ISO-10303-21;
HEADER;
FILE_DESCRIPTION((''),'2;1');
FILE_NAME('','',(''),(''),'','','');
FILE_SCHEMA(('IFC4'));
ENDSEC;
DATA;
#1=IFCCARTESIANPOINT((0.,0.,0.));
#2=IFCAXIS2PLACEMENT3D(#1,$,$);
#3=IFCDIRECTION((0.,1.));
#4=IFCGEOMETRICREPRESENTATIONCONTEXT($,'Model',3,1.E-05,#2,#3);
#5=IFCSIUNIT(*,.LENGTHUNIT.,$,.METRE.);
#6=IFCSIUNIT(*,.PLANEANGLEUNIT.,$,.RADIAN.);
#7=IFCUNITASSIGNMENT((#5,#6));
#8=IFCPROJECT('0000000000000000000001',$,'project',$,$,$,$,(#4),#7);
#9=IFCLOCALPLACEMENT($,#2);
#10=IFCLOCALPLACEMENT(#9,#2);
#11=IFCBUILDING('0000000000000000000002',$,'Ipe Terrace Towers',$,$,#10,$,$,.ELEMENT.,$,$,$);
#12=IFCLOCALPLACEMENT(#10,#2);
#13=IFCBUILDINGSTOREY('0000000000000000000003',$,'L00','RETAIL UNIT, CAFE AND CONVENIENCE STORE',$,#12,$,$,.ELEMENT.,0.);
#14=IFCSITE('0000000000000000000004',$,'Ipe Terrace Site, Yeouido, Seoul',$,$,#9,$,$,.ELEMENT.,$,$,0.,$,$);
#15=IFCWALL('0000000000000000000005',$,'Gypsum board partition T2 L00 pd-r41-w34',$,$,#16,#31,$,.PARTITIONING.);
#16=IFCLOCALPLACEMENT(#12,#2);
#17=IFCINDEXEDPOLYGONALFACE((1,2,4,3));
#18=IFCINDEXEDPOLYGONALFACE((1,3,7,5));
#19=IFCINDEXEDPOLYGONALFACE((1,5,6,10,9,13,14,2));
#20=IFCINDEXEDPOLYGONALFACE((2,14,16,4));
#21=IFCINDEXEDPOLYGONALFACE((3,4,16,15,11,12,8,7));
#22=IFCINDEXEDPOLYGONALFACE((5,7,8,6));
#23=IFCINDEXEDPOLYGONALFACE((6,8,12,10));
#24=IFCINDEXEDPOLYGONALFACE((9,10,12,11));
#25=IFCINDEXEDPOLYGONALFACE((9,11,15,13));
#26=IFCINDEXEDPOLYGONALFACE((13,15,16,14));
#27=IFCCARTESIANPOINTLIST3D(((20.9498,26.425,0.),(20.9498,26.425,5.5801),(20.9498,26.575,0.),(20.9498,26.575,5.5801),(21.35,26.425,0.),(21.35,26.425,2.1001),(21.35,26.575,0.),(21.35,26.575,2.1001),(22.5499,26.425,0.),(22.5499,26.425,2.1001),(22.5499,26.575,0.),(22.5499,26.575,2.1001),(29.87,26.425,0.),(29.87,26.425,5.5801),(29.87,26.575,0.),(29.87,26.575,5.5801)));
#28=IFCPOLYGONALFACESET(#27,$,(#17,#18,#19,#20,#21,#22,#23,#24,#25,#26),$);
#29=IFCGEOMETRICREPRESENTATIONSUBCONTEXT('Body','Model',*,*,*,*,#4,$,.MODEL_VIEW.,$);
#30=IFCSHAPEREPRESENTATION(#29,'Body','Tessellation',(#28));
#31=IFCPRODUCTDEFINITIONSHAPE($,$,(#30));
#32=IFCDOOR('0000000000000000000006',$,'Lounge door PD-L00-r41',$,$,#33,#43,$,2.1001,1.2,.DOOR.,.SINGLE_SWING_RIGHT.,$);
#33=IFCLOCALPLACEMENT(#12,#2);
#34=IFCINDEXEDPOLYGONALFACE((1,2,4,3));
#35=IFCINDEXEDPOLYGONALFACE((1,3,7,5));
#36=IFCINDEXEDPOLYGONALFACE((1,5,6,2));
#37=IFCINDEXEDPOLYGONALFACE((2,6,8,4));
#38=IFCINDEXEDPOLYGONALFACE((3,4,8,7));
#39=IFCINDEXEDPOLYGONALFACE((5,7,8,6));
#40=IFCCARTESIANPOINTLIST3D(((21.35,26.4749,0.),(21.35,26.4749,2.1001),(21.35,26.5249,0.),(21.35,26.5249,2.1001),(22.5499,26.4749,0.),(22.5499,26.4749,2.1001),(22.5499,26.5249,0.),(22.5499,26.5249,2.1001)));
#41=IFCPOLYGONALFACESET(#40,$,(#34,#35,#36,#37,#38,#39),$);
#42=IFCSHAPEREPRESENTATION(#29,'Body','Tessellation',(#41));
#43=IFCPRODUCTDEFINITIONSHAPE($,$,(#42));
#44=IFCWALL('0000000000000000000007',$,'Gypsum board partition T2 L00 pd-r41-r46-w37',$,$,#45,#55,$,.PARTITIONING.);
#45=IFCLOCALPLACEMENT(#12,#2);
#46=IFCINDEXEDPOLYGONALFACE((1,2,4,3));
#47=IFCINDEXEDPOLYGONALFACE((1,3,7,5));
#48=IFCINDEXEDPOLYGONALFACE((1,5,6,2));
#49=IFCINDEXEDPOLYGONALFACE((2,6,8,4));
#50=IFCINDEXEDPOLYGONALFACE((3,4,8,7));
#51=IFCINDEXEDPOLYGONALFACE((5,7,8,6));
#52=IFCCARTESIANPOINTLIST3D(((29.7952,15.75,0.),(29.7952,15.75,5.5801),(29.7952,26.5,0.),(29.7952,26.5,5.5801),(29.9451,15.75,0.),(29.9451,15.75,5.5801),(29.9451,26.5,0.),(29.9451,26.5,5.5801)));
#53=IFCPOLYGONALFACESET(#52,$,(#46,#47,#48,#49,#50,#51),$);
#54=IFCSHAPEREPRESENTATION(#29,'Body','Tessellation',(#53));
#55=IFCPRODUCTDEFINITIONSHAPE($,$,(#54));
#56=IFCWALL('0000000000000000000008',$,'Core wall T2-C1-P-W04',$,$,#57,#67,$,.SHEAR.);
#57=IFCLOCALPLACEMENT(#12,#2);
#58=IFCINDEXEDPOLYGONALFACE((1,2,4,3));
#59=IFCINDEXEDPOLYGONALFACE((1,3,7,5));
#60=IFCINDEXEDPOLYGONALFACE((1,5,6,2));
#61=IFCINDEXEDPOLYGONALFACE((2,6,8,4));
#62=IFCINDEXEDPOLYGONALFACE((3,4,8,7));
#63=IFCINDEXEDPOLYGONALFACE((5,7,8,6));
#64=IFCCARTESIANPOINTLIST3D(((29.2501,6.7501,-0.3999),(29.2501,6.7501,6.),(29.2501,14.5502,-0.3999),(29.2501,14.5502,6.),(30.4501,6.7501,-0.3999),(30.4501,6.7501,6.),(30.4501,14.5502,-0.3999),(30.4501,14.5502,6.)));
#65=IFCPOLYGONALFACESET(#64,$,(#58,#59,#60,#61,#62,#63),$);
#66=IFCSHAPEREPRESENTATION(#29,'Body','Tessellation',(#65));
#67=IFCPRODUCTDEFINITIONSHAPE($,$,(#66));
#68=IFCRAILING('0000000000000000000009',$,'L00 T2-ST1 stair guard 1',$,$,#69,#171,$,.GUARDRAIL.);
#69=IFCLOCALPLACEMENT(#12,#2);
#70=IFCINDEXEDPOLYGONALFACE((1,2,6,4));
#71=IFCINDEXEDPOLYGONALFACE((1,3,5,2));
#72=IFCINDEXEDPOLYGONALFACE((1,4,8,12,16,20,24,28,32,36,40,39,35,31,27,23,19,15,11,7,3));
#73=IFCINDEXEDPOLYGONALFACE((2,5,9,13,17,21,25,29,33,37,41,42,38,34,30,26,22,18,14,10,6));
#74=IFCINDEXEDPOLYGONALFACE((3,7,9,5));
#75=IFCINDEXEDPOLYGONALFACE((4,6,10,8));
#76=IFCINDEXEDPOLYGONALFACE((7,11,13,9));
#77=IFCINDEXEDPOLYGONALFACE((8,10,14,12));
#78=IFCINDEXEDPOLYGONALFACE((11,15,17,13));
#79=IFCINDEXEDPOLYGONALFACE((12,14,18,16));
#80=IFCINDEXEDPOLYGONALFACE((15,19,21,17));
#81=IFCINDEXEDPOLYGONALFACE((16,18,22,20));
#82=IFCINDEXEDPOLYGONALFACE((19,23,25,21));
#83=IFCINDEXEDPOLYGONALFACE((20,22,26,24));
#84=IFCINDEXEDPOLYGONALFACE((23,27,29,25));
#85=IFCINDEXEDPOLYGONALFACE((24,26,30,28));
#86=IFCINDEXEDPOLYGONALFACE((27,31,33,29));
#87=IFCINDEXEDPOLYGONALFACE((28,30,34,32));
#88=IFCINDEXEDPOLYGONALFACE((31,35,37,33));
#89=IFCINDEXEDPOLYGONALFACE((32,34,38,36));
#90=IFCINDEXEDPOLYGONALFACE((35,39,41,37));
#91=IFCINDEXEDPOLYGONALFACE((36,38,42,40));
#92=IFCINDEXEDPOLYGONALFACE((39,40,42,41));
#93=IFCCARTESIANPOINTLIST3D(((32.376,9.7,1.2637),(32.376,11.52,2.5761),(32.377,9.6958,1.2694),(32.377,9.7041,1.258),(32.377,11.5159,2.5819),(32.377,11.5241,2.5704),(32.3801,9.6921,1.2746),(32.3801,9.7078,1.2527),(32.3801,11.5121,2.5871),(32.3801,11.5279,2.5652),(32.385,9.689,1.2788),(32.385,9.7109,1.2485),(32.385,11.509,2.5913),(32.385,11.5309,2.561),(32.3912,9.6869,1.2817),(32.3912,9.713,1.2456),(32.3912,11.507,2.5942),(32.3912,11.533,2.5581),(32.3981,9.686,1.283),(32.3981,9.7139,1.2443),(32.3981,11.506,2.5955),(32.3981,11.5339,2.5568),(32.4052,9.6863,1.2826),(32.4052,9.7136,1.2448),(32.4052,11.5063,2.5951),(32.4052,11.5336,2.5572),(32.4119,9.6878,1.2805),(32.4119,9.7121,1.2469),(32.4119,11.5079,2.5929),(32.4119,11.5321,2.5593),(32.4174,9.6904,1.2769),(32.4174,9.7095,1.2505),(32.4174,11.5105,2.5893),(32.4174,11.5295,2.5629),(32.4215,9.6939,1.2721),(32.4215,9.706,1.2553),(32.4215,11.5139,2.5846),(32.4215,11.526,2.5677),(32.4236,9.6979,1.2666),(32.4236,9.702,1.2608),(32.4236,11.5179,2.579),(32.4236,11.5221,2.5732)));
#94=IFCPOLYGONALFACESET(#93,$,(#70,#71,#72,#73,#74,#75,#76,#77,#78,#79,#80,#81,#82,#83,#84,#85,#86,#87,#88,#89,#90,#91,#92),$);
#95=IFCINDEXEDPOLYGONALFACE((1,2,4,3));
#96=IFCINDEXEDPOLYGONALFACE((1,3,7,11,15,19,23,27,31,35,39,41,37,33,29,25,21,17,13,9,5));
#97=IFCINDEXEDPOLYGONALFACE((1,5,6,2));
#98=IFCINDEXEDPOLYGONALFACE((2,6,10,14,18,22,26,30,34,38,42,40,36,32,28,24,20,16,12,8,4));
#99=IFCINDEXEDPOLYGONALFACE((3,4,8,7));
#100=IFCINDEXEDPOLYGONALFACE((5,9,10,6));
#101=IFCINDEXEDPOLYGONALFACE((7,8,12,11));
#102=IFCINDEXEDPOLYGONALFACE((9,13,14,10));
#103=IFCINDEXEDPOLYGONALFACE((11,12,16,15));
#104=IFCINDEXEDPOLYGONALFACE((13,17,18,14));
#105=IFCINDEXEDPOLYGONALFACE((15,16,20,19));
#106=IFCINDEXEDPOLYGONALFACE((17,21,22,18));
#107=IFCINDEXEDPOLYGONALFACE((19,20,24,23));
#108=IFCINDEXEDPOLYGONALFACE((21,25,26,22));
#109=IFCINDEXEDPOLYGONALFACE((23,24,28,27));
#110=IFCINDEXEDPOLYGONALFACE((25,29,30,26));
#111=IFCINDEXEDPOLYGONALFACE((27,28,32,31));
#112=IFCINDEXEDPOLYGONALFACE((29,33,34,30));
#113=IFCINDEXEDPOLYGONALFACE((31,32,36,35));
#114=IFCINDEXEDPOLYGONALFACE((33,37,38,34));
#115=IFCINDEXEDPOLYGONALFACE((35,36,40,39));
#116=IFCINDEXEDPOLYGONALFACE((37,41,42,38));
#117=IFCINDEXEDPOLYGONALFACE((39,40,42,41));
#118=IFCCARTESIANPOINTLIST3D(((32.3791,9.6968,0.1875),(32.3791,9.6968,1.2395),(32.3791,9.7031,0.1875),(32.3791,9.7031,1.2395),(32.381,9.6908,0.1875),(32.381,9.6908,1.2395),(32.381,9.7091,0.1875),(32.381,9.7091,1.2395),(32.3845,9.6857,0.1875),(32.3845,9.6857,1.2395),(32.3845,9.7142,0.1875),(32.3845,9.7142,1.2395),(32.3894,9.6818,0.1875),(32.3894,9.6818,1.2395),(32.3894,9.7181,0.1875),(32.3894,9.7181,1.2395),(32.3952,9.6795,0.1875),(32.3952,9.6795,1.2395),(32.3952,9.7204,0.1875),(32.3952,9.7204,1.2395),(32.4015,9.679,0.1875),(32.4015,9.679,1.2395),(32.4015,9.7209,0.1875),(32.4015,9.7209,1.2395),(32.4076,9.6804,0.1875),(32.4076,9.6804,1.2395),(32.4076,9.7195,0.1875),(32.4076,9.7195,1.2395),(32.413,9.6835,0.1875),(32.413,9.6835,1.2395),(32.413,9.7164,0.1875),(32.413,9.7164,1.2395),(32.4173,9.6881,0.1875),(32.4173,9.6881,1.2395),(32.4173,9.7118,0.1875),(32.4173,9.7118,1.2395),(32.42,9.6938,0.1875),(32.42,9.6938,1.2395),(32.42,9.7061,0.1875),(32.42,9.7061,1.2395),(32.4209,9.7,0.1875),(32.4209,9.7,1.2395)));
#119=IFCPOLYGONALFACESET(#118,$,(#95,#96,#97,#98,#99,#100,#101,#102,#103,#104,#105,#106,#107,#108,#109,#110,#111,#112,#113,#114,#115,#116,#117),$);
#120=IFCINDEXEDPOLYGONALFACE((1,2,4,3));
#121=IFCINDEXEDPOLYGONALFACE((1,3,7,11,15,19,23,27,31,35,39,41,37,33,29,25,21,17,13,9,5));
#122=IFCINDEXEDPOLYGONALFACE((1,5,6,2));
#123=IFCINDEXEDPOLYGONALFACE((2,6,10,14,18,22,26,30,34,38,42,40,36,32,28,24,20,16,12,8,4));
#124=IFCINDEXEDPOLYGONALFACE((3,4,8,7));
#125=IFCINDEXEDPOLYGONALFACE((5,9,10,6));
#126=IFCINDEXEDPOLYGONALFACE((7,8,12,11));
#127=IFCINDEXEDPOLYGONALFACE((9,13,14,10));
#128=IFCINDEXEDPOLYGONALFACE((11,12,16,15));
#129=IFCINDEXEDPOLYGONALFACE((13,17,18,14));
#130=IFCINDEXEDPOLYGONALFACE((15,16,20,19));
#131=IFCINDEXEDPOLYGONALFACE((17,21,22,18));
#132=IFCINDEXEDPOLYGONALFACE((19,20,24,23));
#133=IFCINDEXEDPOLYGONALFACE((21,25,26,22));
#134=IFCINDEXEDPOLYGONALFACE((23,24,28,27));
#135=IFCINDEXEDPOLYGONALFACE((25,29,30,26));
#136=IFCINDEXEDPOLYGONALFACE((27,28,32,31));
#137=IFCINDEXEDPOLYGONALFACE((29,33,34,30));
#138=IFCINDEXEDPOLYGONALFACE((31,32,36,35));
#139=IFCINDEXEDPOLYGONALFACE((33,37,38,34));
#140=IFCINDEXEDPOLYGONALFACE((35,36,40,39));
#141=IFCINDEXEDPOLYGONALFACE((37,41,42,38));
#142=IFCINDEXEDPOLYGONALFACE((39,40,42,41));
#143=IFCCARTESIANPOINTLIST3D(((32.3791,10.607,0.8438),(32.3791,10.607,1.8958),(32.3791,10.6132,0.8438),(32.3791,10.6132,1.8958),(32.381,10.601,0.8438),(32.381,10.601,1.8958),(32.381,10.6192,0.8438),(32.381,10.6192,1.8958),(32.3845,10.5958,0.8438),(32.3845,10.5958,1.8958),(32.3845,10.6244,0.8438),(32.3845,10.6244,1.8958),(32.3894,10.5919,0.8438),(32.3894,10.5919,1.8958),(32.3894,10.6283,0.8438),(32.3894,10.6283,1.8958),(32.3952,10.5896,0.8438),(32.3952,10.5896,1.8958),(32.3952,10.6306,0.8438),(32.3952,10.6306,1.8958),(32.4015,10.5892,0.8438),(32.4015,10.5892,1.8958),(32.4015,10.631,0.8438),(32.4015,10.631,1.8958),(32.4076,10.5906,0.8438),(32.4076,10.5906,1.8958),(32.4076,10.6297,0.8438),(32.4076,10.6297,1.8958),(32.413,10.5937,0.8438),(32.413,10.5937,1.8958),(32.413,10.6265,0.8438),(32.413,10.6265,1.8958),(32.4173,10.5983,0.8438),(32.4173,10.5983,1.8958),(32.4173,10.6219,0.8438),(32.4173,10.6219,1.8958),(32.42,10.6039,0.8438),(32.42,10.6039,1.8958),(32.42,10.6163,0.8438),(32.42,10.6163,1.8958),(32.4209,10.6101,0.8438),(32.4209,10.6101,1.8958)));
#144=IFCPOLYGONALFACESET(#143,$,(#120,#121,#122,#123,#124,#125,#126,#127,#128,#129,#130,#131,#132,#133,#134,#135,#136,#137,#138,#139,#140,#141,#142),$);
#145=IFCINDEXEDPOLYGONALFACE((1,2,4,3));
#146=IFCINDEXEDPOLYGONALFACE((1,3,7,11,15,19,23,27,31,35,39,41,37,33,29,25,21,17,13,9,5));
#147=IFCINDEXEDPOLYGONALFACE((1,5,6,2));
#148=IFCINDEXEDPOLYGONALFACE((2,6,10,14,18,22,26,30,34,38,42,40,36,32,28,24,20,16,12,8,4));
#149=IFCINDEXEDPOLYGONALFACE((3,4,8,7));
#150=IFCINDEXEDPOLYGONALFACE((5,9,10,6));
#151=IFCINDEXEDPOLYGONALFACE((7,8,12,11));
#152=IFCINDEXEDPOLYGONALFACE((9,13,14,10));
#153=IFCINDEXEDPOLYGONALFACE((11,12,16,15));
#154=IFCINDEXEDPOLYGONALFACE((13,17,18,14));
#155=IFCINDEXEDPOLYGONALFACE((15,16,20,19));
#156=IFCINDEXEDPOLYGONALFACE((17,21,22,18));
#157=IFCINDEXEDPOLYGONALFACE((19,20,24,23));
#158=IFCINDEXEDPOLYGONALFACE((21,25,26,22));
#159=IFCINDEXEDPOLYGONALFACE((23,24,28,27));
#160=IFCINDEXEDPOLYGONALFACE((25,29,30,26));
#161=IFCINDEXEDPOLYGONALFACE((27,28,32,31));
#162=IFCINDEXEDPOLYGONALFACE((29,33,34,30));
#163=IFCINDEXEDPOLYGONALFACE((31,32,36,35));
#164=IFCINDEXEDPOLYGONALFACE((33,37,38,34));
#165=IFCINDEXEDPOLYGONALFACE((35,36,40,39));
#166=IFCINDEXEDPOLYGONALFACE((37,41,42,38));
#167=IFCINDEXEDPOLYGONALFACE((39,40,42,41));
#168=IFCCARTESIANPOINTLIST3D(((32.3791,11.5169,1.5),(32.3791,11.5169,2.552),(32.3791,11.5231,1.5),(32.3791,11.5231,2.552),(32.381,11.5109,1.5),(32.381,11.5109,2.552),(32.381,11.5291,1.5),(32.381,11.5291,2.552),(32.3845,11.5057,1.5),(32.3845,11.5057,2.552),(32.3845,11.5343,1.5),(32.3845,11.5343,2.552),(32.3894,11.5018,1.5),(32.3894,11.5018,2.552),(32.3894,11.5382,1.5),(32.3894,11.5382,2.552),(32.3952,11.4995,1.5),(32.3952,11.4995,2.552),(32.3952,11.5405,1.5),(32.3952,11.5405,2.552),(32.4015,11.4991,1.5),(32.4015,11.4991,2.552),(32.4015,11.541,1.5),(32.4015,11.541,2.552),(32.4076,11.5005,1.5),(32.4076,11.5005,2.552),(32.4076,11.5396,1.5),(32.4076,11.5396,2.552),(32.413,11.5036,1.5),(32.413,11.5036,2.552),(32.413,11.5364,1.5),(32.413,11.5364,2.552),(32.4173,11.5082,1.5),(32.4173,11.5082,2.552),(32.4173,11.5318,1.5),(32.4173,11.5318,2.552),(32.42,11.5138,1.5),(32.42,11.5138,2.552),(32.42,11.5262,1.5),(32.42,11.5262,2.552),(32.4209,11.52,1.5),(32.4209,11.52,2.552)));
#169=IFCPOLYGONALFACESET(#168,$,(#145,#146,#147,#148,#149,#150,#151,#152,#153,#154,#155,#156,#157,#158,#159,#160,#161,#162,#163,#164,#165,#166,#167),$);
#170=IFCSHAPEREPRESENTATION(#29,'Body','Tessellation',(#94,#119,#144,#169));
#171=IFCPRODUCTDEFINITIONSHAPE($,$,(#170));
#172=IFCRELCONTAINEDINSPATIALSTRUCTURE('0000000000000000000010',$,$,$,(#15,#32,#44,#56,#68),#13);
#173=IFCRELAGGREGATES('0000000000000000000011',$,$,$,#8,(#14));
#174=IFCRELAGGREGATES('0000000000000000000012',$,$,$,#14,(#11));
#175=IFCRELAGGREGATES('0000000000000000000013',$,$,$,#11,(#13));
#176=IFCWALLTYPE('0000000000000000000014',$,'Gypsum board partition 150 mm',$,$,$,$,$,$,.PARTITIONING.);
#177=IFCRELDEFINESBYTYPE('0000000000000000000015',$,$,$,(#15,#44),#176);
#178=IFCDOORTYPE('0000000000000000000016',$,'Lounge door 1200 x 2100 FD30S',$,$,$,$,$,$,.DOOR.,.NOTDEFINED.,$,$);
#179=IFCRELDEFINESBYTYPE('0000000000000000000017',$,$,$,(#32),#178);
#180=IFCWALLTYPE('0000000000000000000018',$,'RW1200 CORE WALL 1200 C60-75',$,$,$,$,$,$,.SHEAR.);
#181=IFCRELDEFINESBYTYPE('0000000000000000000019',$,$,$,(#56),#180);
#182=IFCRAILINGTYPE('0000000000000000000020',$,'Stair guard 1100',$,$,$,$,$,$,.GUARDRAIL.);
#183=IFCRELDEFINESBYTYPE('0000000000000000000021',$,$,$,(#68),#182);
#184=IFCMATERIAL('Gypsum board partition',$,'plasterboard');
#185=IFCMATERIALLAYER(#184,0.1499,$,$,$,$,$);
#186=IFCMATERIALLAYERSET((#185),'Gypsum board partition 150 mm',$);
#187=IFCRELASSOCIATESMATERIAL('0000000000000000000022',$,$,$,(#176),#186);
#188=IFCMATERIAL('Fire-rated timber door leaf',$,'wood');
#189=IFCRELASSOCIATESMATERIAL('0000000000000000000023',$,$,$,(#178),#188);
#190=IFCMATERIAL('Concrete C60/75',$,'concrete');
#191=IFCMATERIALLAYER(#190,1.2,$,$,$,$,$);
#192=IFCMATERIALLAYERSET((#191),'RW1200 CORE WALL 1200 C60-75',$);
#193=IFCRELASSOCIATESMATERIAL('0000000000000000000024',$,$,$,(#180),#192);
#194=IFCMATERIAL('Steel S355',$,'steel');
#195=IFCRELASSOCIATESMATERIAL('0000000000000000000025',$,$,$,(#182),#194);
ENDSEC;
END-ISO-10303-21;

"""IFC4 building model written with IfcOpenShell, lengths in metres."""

from ifc_helpers import new_model, si_unit, direction, frame, frame_2d, origin, origin_2d, place, context, subcontext, project, spatial, rectangle, circle, extrude, material, layer, layer_set, type_object, element, fill, save


model = new_model("IFC4")

# Units and contexts
model_context = context("Model", 3, precision=1e-05, world=origin(), true_north=direction((0.0, 1.0)))
body_context = subcontext(model_context, "Body", "Model", "MODEL_VIEW")
ifc_project = project(units=[si_unit("LENGTHUNIT", "METRE"), si_unit("PLANEANGLEUNIT", "RADIAN")], contexts=[model_context])

# Site, building, storey
site_placement = place(None, origin())
site = spatial("IfcSite", under=ifc_project, at=site_placement, Name="Ipe Terrace Site, Yeouido, Seoul", CompositionType="ELEMENT", RefElevation=0.0)
building_placement = place(site_placement, origin())
building = spatial("IfcBuilding", under=site, at=building_placement, Name="Ipe Terrace Towers", CompositionType="ELEMENT")
storey_placement = place(building_placement, origin())
storey = spatial("IfcBuildingStorey", under=building, at=storey_placement, Name="L00", Description="RETAIL UNIT, CAFE AND CONVENIENCE STORE", CompositionType="ELEMENT", Elevation=0.0)

# Shared definitions
ifc_material_1 = material(Name="Gypsum board partition", Category="plasterboard")
ifc_layer_1 = layer(ifc_material_1, 0.1499)
ifc_layer_set_1 = layer_set([ifc_layer_1], Name="Gypsum board partition 150 mm")
wall_type_1 = type_object("IfcWallType", Name="Gypsum board partition 150 mm", PredefinedType="PARTITIONING", material=ifc_layer_set_1)

# Wall, opening, door
wall_1_placement = place(storey_placement, frame((20.95, 26.5, 0.0), z_axis=(0.0, 0.0, 1.0), x_axis=(1.0, 0.0, 0.0)))
wall_1 = element("IfcWall", 1, at=wall_1_placement, inside=storey, type_object=wall_type_1, Name="Gypsum board partition T2 L00 pd-r41-w34", PredefinedType="PARTITIONING", context=body_context, shape_type="SweptSolid", body=[
    extrude(rectangle(XDim=8.9202, YDim=0.1499, at=frame_2d((4.46, 0.0))), origin(), (0.0, 0.0, 1.0), 5.5801),
])
opening_placement = place(wall_1_placement, frame((0.3999, 0.0, 0.0)))
opening = element("IfcOpeningElement", 2, at=opening_placement, cuts=wall_1, PredefinedType="OPENING", context=body_context, shape_type="SweptSolid", body=[
    extrude(rectangle(XDim=1.2, YDim=2.1001, at=frame_2d((0.6001, 1.05))), frame((0.0, 0.085, 0.0), z_axis=(0.0, -1.0, 0.0), x_axis=(1.0, 0.0, 0.0)), (0.0, 0.0, 1.0), 0.1699),
])
ifc_material_2 = material(Name="Fire-rated timber door leaf", Category="wood")
door_type = type_object("IfcDoorType", Name="Lounge door 1200 x 2100 FD30S", OperationType="NOTDEFINED", PredefinedType="DOOR", material=ifc_material_2)
door_placement = place(opening_placement, origin())
door = element("IfcDoor", 3, at=door_placement, inside=storey, type_object=door_type, Name="Lounge door PD-L00-r41", OperationType="SINGLE_SWING_RIGHT", OverallHeight=2.1001, OverallWidth=1.2, PredefinedType="DOOR", context=body_context, shape_type="SweptSolid", body=[
    extrude(rectangle(XDim=1.2, YDim=2.1001, at=frame_2d((0.6001, 1.05))), frame((0.0, 0.0249, 0.0), z_axis=(0.0, -1.0, 0.0), x_axis=(1.0, 0.0, 0.0)), (0.0, 0.0, 1.0), 0.05),
])
fill(opening, door)

# Walls
wall_2_placement = place(storey_placement, frame((29.8701, 26.5, 0.0), z_axis=(0.0, 0.0, 1.0), x_axis=(0.0, -1.0, 0.0)))
element("IfcWall", 4, at=wall_2_placement, inside=storey, type_object=wall_type_1, Name="Gypsum board partition T2 L00 pd-r41-r46-w37", PredefinedType="PARTITIONING", context=body_context, shape_type="SweptSolid", body=[
    extrude(rectangle(XDim=10.75, YDim=0.1499, at=frame_2d((5.375, 0.0))), origin(), (0.0, 0.0, 1.0), 5.5801),
])
ifc_material_3 = material(Name="Concrete C60/75", Category="concrete")
ifc_layer_2 = layer(ifc_material_3, 1.2)
ifc_layer_set_2 = layer_set([ifc_layer_2], Name="RW1200 CORE WALL 1200 C60-75")
wall_type_2 = type_object("IfcWallType", Name="RW1200 CORE WALL 1200 C60-75", PredefinedType="SHEAR", material=ifc_layer_set_2)
wall_3_placement = place(storey_placement, frame((29.8501, 14.55, -0.3999), z_axis=(0.0, 0.0, 1.0), x_axis=(0.0, -1.0, 0.0)))
element("IfcWall", 5, at=wall_3_placement, inside=storey, type_object=wall_type_2, Name="Core wall T2-C1-P-W04", PredefinedType="SHEAR", context=body_context, shape_type="SweptSolid", body=[
    extrude(rectangle(XDim=7.8, YDim=1.2, at=frame_2d((3.8999, 0.0))), origin(), (0.0, 0.0, 1.0), 6.3999),
])

# Railing
ifc_material_4 = material(Name="Steel S355", Category="steel")
railing_type_1 = type_object("IfcRailingType", Name="Stair guard 1100", PredefinedType="GUARDRAIL", material=ifc_material_4)
railing_1_placement = place(storey_placement, frame((32.3999, 9.7, 0.1875)))
element("IfcRailing", 6, at=railing_1_placement, inside=storey, type_object=railing_type_1, Name="L00 T2-ST1 stair guard 1", PredefinedType="GUARDRAIL", context=body_context, shape_type="SweptSolid", body=[
    extrude(circle(Radius=0.0239, at=origin_2d()), frame((0.0, 0.0, 1.0762), z_axis=(0.0, 0.811101, 0.584906), x_axis=(-1.0, 0.0, 0.0)), (0.0, 0.0, 1.0), 2.2439),
    extrude(circle(Radius=0.021, at=origin_2d()), origin(), (0.0, 0.0, 1.0), 1.052),
    extrude(circle(Radius=0.021, at=origin_2d()), frame((0.0, 0.9102, 0.6562)), (0.0, 0.0, 1.0), 1.052),
    extrude(circle(Radius=0.021, at=origin_2d()), frame((0.0, 1.8201, 1.3125)), (0.0, 0.0, 1.0), 1.052),
])

save(model, "model.ifc")
